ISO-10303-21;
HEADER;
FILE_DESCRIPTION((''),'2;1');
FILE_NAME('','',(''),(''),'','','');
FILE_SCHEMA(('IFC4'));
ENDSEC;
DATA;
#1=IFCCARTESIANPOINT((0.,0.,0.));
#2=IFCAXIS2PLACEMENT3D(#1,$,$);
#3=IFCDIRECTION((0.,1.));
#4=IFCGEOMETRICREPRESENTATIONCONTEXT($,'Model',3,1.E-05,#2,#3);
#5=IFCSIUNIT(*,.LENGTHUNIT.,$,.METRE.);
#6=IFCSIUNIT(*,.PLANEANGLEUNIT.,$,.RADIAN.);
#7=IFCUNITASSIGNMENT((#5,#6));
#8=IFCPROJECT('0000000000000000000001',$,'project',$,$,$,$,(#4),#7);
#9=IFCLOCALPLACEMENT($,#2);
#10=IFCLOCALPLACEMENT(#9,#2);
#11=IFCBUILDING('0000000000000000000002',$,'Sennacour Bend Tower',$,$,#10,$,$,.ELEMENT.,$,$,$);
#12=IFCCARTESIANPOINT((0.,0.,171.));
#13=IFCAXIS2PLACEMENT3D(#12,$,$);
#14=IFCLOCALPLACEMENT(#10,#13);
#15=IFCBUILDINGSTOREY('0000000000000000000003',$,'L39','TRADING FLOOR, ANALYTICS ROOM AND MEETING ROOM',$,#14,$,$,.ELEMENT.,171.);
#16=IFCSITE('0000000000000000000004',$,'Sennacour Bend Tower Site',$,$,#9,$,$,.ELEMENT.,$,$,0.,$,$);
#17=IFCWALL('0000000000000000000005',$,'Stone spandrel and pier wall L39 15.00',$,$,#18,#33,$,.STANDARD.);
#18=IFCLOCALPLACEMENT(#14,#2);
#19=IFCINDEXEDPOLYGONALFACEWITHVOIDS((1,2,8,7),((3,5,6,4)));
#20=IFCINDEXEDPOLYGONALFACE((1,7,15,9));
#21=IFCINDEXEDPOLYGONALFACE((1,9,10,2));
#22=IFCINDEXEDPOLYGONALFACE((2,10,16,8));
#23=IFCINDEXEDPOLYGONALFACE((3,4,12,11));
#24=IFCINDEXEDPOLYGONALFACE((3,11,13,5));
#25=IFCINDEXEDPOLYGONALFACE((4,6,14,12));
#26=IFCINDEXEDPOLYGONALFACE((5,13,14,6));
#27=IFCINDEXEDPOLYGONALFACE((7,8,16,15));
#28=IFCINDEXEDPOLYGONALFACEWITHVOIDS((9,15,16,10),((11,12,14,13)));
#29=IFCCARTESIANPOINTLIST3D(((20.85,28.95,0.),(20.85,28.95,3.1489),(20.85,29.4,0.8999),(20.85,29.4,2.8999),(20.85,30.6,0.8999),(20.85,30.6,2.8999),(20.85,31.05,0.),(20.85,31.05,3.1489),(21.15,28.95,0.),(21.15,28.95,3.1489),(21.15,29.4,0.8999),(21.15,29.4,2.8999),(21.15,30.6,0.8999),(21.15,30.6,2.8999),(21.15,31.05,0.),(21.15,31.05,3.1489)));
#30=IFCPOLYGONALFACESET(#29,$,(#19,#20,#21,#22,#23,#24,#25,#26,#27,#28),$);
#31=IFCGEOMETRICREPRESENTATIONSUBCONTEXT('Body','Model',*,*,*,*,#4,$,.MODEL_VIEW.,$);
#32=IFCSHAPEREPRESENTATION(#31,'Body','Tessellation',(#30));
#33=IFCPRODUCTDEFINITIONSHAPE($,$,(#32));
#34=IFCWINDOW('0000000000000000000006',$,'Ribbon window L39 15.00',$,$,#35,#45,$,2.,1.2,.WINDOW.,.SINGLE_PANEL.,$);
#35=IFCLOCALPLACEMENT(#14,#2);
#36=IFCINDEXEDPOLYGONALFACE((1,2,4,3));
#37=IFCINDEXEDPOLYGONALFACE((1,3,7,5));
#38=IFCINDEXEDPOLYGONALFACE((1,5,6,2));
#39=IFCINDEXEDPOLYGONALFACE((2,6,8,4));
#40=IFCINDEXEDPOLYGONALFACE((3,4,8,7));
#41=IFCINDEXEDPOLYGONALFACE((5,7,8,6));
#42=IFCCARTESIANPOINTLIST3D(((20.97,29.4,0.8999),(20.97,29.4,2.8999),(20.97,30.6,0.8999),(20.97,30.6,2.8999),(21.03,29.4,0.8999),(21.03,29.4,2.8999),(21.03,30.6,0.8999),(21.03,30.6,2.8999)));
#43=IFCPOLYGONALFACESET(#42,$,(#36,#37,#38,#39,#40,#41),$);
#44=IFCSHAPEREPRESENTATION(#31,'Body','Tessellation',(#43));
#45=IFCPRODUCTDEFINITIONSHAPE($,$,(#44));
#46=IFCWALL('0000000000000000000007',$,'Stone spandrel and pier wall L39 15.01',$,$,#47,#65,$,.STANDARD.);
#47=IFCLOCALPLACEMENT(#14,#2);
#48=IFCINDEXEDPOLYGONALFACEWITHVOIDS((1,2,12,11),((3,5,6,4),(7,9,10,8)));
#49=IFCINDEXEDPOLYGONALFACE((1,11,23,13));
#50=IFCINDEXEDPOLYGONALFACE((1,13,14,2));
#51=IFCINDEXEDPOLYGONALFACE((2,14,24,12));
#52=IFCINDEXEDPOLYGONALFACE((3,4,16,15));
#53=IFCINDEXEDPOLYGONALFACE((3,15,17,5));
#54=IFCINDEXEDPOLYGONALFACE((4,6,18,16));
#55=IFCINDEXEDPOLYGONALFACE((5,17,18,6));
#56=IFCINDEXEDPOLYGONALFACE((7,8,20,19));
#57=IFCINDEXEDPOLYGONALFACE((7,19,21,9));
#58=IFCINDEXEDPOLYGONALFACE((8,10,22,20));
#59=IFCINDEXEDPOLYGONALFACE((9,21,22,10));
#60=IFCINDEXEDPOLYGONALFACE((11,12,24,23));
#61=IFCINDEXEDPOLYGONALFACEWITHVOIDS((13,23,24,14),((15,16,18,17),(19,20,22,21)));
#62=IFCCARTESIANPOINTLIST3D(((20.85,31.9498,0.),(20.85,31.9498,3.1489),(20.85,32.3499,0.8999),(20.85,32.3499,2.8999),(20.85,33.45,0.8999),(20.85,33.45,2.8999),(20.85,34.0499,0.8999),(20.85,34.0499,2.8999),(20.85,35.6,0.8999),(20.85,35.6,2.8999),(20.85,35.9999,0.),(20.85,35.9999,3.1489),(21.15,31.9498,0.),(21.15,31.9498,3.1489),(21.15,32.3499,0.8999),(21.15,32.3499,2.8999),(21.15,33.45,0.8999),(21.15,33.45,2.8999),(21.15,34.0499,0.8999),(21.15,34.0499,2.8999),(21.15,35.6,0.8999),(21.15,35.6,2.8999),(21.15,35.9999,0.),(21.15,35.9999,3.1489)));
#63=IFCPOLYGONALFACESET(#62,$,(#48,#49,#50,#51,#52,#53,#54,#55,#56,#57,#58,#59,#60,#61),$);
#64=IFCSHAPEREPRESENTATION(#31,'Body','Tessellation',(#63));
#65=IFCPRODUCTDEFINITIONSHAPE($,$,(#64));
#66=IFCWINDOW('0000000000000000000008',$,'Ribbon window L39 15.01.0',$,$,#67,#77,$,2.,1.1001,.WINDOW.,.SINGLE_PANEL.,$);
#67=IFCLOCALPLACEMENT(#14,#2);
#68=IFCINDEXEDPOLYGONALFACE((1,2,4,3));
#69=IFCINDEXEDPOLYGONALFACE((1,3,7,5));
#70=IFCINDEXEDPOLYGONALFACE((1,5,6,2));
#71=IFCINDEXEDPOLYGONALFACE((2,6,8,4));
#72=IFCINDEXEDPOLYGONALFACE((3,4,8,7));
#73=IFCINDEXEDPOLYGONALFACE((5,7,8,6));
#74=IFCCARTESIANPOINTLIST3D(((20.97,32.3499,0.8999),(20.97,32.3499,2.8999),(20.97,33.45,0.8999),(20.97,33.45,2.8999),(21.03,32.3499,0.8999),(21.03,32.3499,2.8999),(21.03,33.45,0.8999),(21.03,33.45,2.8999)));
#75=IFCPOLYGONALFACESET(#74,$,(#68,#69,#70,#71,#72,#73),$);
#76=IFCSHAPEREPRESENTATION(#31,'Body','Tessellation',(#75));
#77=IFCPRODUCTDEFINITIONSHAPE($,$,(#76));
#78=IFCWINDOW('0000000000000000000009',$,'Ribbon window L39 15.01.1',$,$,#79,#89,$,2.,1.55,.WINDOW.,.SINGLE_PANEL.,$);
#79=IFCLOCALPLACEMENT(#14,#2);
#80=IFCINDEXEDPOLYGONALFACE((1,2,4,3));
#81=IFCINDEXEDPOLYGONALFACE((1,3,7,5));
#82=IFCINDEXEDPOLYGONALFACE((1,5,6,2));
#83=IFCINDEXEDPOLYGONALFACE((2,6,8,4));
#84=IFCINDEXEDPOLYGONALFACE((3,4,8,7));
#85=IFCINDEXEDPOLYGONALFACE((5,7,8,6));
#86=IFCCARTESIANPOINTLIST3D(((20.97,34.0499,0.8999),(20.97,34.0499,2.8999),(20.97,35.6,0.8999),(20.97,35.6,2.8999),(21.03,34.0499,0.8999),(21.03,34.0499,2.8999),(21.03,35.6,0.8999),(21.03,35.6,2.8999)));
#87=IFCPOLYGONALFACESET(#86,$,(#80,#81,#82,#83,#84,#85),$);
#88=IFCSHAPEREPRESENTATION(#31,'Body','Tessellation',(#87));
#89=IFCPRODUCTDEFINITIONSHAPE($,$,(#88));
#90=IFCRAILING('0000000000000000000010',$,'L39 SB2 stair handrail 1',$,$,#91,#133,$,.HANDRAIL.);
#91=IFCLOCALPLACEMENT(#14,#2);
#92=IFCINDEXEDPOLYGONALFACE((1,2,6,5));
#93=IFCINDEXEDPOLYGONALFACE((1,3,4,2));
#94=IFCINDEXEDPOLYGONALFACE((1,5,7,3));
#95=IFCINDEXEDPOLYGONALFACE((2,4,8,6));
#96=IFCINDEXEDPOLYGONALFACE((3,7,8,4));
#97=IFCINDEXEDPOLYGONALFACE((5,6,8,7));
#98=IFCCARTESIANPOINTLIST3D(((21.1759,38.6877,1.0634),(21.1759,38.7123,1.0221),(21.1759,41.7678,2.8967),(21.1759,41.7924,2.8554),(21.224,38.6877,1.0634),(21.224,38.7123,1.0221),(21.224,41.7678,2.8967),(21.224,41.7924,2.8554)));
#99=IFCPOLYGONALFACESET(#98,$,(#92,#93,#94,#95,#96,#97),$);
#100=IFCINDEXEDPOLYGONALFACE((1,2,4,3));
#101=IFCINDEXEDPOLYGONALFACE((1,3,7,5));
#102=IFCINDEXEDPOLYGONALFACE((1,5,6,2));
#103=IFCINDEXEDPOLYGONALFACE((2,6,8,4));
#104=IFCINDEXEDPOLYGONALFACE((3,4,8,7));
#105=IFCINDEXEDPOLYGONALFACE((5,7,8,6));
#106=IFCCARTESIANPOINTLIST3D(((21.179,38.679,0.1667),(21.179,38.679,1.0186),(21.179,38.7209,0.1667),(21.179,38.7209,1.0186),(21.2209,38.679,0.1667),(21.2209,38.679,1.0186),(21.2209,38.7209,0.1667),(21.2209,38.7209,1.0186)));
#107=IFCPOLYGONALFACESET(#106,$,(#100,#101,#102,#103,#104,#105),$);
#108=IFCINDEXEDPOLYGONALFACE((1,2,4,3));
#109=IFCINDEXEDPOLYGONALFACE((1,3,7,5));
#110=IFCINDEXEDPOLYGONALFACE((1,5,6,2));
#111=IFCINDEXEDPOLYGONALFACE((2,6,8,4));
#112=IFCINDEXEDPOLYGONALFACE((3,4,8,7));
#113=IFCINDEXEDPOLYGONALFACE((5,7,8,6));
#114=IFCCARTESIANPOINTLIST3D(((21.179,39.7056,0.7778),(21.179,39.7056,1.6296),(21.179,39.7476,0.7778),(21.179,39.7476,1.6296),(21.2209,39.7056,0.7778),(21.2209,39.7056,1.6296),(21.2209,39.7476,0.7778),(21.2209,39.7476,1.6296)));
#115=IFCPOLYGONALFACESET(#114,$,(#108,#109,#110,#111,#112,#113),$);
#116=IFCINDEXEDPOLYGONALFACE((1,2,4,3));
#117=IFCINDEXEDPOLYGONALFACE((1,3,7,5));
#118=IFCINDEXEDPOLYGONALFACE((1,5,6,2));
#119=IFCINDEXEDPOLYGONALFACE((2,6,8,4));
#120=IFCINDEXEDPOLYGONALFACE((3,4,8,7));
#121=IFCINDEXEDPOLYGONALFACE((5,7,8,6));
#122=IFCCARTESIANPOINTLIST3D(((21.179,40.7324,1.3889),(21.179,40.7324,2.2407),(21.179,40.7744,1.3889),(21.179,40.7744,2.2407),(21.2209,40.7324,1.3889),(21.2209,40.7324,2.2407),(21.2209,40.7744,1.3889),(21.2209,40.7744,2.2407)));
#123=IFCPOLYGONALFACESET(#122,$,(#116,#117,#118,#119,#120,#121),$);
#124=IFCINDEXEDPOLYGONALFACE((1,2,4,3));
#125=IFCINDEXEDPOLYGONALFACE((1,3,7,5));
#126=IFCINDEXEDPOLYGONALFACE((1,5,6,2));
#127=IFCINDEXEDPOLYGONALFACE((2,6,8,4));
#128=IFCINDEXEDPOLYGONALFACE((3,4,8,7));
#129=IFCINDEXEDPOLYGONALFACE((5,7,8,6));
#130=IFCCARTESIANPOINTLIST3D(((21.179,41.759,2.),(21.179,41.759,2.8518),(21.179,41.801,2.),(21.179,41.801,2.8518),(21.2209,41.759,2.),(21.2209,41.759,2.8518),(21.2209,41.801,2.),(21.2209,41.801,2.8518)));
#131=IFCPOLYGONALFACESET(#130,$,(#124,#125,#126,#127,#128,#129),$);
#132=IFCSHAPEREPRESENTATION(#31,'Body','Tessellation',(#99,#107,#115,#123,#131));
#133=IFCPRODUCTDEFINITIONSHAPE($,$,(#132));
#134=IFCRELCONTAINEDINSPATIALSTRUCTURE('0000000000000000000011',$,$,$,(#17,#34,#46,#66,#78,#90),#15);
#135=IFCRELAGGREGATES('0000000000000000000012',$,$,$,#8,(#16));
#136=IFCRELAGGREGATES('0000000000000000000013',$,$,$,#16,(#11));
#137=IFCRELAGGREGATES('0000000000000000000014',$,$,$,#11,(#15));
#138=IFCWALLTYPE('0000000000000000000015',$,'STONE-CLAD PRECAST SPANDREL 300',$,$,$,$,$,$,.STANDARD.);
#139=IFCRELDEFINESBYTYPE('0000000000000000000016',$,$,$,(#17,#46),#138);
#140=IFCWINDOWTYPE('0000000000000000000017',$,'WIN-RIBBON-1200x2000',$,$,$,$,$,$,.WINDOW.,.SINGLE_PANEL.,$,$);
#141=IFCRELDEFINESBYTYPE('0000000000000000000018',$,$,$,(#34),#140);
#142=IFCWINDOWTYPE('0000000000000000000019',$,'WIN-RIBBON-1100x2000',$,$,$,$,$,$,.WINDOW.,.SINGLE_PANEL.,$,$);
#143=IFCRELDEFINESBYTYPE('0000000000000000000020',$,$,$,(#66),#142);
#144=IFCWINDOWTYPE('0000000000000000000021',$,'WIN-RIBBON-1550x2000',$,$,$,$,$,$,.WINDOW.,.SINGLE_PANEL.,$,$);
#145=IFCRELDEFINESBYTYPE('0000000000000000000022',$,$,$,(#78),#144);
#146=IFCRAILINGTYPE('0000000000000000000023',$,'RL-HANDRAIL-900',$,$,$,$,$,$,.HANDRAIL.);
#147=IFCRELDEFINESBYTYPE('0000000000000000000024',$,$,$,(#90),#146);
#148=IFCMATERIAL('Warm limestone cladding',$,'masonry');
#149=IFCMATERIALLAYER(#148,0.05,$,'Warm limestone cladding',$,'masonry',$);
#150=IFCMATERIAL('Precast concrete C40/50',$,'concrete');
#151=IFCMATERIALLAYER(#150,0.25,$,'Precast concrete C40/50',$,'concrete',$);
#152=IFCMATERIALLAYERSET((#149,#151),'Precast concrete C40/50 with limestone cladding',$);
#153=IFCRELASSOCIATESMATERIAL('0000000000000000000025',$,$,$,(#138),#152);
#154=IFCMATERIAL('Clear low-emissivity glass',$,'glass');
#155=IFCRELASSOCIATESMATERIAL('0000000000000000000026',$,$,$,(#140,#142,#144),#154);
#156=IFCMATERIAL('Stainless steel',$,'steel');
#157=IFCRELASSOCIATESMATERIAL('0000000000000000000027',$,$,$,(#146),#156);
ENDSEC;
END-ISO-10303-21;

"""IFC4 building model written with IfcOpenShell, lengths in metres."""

from ifc_helpers import new_model, si_unit, direction, frame, frame_2d, origin, origin_2d, place, context, subcontext, project, spatial, rectangle, extrude, material, layer, layer_set, type_object, element, fill, save


model = new_model("IFC4")

# Units and contexts
model_context = context("Model", 3, precision=1e-05, world=origin(), true_north=direction((0.0, 1.0)))
body_context = subcontext(model_context, "Body", "Model", "MODEL_VIEW")
ifc_project = project(units=[si_unit("LENGTHUNIT", "METRE"), si_unit("PLANEANGLEUNIT", "RADIAN")], contexts=[model_context])

# Site, building, storey
site_placement = place(None, origin())
site = spatial("IfcSite", under=ifc_project, at=site_placement, Name="Sennacour Bend Tower Site", CompositionType="ELEMENT", RefElevation=0.0)
building_placement = place(site_placement, origin())
building = spatial("IfcBuilding", under=site, at=building_placement, Name="Sennacour Bend Tower", CompositionType="ELEMENT")
storey_placement = place(building_placement, frame((0.0, 0.0, 171.0)))
storey = spatial("IfcBuildingStorey", under=building, at=storey_placement, Name="L39", Description="TRADING FLOOR, ANALYTICS ROOM AND MEETING ROOM", CompositionType="ELEMENT", Elevation=171.0)

# Shared definitions
ifc_material_1 = material(Name="Warm limestone cladding", Category="masonry")
ifc_layer_1 = layer(ifc_material_1, 0.05, Name="Warm limestone cladding", Category="masonry")
ifc_material_2 = material(Name="Precast concrete C40/50", Category="concrete")
ifc_layer_2 = layer(ifc_material_2, 0.25, Name="Precast concrete C40/50", Category="concrete")
ifc_layer_set_1 = layer_set([ifc_layer_1, ifc_layer_2], Name="Precast concrete C40/50 with limestone cladding")
wall_type_1 = type_object("IfcWallType", Name="STONE-CLAD PRECAST SPANDREL 300", PredefinedType="STANDARD", material=ifc_layer_set_1)
ifc_material_3 = material(Name="Clear low-emissivity glass", Category="glass")

# Wall, opening, window
wall_1_placement = place(storey_placement, frame((21.0, 28.95, 0.0), z_axis=(0.0, 0.0, 1.0), x_axis=(0.0, 1.0, 0.0)))
wall_1 = element("IfcWall", 1, at=wall_1_placement, inside=storey, type_object=wall_type_1, Name="Stone spandrel and pier wall L39 15.00", PredefinedType="STANDARD", context=body_context, shape_type="SweptSolid", body=[
    extrude(rectangle(XDim=2.1001, YDim=0.3, at=frame_2d((1.05, 0.0))), origin(), (0.0, 0.0, 1.0), 3.1489),
])
opening_1_placement = place(wall_1_placement, frame((0.45, 0.0, 0.8999)))
opening_1 = element("IfcOpeningElement", 2, at=opening_1_placement, cuts=wall_1, PredefinedType="OPENING", context=body_context, shape_type="SweptSolid", body=[
    extrude(rectangle(XDim=1.2, YDim=2.0, at=frame_2d((0.6001, 1.0))), frame((0.0, 0.1602, 0.0), z_axis=(0.0, -1.0, 0.0), x_axis=(1.0, 0.0, 0.0)), (0.0, 0.0, 1.0), 0.3201),
])
window_type_1 = type_object("IfcWindowType", Name="WIN-RIBBON-1200x2000", PartitioningType="SINGLE_PANEL", PredefinedType="WINDOW", material=ifc_material_3)
window_1_placement = place(opening_1_placement, origin())
window_1 = element("IfcWindow", 3, at=window_1_placement, inside=storey, type_object=window_type_1, Name="Ribbon window L39 15.00", OverallHeight=2.0, OverallWidth=1.2, PartitioningType="SINGLE_PANEL", PredefinedType="WINDOW", context=body_context, shape_type="SweptSolid", body=[
    extrude(rectangle(XDim=1.2, YDim=2.0, at=frame_2d((0.6001, 1.0))), frame((0.0, 0.03, 0.0), z_axis=(0.0, -1.0, 0.0), x_axis=(1.0, 0.0, 0.0)), (0.0, 0.0, 1.0), 0.0601),
])
fill(opening_1, window_1)

# Wall, openings, windows
wall_2_placement = place(storey_placement, frame((21.0, 31.95, 0.0), z_axis=(0.0, 0.0, 1.0), x_axis=(0.0, 1.0, 0.0)))
wall_2 = element("IfcWall", 4, at=wall_2_placement, inside=storey, type_object=wall_type_1, Name="Stone spandrel and pier wall L39 15.01", PredefinedType="STANDARD", context=body_context, shape_type="SweptSolid", body=[
    extrude(rectangle(XDim=4.05, YDim=0.3, at=frame_2d((2.0249, 0.0))), origin(), (0.0, 0.0, 1.0), 3.1489),
])
opening_2_placement = place(wall_2_placement, frame((0.3999, 0.0, 0.8999)))
opening_2 = element("IfcOpeningElement", 5, at=opening_2_placement, cuts=wall_2, PredefinedType="OPENING", context=body_context, shape_type="SweptSolid", body=[
    extrude(rectangle(XDim=1.1001, YDim=2.0, at=frame_2d((0.55, 1.0))), frame((0.0, 0.1602, 0.0), z_axis=(0.0, -1.0, 0.0), x_axis=(1.0, 0.0, 0.0)), (0.0, 0.0, 1.0), 0.3201),
])
opening_3_placement = place(wall_2_placement, frame((2.1001, 0.0, 0.8999)))
opening_3 = element("IfcOpeningElement", 6, at=opening_3_placement, cuts=wall_2, PredefinedType="OPENING", context=body_context, shape_type="SweptSolid", body=[
    extrude(rectangle(XDim=1.55, YDim=2.0, at=frame_2d((0.7749, 1.0))), frame((0.0, 0.1602, 0.0), z_axis=(0.0, -1.0, 0.0), x_axis=(1.0, 0.0, 0.0)), (0.0, 0.0, 1.0), 0.3201),
])
window_type_2 = type_object("IfcWindowType", Name="WIN-RIBBON-1100x2000", PartitioningType="SINGLE_PANEL", PredefinedType="WINDOW", material=ifc_material_3)
window_2_placement = place(opening_2_placement, origin())
window_2 = element("IfcWindow", 7, at=window_2_placement, inside=storey, type_object=window_type_2, Name="Ribbon window L39 15.01.0", OverallHeight=2.0, OverallWidth=1.1001, PartitioningType="SINGLE_PANEL", PredefinedType="WINDOW", context=body_context, shape_type="SweptSolid", body=[
    extrude(rectangle(XDim=1.1001, YDim=2.0, at=frame_2d((0.55, 1.0))), frame((0.0, 0.03, 0.0), z_axis=(0.0, -1.0, 0.0), x_axis=(1.0, 0.0, 0.0)), (0.0, 0.0, 1.0), 0.0601),
])
fill(opening_2, window_2)
window_type_3 = type_object("IfcWindowType", Name="WIN-RIBBON-1550x2000", PartitioningType="SINGLE_PANEL", PredefinedType="WINDOW", material=ifc_material_3)
window_3_placement = place(opening_3_placement, origin())
window_3 = element("IfcWindow", 8, at=window_3_placement, inside=storey, type_object=window_type_3, Name="Ribbon window L39 15.01.1", OverallHeight=2.0, OverallWidth=1.55, PartitioningType="SINGLE_PANEL", PredefinedType="WINDOW", context=body_context, shape_type="SweptSolid", body=[
    extrude(rectangle(XDim=1.55, YDim=2.0, at=frame_2d((0.7749, 1.0))), frame((0.0, 0.03, 0.0), z_axis=(0.0, -1.0, 0.0), x_axis=(1.0, 0.0, 0.0)), (0.0, 0.0, 1.0), 0.0601),
])
fill(opening_3, window_3)

# Railing
ifc_material_4 = material(Name="Stainless steel", Category="steel")
railing_type = type_object("IfcRailingType", Name="RL-HANDRAIL-900", PredefinedType="HANDRAIL", material=ifc_material_4)
railing_placement = place(storey_placement, frame((21.2, 38.7, 0.1667)))
element("IfcRailing", 9, at=railing_placement, inside=storey, type_object=railing_type, Name="L39 SB2 stair handrail 1", PredefinedType="HANDRAIL", context=body_context, shape_type="SweptSolid", body=[
    extrude(rectangle(XDim=0.0481, YDim=0.0481, at=origin_2d()), frame((0.0, 0.0, 0.876), z_axis=(0.0, 0.859309, 0.511458), x_axis=(-1.0, 0.0, 0.0)), (0.0, 0.0, 1.0), 3.5845),
    extrude(rectangle(XDim=0.042, YDim=0.042, at=origin_2d()), origin(), (0.0, 0.0, 1.0), 0.8518),
    extrude(rectangle(XDim=0.042, YDim=0.042, at=origin_2d()), frame((0.0, 1.0266, 0.6111)), (0.0, 0.0, 1.0), 0.8518),
    extrude(rectangle(XDim=0.042, YDim=0.042, at=origin_2d()), frame((0.0, 2.0535, 1.2222)), (0.0, 0.0, 1.0), 0.8518),
    extrude(rectangle(XDim=0.042, YDim=0.042, at=origin_2d()), frame((0.0, 3.0801, 1.8333)), (0.0, 0.0, 1.0), 0.8518),
])

save(model, "model.ifc")
